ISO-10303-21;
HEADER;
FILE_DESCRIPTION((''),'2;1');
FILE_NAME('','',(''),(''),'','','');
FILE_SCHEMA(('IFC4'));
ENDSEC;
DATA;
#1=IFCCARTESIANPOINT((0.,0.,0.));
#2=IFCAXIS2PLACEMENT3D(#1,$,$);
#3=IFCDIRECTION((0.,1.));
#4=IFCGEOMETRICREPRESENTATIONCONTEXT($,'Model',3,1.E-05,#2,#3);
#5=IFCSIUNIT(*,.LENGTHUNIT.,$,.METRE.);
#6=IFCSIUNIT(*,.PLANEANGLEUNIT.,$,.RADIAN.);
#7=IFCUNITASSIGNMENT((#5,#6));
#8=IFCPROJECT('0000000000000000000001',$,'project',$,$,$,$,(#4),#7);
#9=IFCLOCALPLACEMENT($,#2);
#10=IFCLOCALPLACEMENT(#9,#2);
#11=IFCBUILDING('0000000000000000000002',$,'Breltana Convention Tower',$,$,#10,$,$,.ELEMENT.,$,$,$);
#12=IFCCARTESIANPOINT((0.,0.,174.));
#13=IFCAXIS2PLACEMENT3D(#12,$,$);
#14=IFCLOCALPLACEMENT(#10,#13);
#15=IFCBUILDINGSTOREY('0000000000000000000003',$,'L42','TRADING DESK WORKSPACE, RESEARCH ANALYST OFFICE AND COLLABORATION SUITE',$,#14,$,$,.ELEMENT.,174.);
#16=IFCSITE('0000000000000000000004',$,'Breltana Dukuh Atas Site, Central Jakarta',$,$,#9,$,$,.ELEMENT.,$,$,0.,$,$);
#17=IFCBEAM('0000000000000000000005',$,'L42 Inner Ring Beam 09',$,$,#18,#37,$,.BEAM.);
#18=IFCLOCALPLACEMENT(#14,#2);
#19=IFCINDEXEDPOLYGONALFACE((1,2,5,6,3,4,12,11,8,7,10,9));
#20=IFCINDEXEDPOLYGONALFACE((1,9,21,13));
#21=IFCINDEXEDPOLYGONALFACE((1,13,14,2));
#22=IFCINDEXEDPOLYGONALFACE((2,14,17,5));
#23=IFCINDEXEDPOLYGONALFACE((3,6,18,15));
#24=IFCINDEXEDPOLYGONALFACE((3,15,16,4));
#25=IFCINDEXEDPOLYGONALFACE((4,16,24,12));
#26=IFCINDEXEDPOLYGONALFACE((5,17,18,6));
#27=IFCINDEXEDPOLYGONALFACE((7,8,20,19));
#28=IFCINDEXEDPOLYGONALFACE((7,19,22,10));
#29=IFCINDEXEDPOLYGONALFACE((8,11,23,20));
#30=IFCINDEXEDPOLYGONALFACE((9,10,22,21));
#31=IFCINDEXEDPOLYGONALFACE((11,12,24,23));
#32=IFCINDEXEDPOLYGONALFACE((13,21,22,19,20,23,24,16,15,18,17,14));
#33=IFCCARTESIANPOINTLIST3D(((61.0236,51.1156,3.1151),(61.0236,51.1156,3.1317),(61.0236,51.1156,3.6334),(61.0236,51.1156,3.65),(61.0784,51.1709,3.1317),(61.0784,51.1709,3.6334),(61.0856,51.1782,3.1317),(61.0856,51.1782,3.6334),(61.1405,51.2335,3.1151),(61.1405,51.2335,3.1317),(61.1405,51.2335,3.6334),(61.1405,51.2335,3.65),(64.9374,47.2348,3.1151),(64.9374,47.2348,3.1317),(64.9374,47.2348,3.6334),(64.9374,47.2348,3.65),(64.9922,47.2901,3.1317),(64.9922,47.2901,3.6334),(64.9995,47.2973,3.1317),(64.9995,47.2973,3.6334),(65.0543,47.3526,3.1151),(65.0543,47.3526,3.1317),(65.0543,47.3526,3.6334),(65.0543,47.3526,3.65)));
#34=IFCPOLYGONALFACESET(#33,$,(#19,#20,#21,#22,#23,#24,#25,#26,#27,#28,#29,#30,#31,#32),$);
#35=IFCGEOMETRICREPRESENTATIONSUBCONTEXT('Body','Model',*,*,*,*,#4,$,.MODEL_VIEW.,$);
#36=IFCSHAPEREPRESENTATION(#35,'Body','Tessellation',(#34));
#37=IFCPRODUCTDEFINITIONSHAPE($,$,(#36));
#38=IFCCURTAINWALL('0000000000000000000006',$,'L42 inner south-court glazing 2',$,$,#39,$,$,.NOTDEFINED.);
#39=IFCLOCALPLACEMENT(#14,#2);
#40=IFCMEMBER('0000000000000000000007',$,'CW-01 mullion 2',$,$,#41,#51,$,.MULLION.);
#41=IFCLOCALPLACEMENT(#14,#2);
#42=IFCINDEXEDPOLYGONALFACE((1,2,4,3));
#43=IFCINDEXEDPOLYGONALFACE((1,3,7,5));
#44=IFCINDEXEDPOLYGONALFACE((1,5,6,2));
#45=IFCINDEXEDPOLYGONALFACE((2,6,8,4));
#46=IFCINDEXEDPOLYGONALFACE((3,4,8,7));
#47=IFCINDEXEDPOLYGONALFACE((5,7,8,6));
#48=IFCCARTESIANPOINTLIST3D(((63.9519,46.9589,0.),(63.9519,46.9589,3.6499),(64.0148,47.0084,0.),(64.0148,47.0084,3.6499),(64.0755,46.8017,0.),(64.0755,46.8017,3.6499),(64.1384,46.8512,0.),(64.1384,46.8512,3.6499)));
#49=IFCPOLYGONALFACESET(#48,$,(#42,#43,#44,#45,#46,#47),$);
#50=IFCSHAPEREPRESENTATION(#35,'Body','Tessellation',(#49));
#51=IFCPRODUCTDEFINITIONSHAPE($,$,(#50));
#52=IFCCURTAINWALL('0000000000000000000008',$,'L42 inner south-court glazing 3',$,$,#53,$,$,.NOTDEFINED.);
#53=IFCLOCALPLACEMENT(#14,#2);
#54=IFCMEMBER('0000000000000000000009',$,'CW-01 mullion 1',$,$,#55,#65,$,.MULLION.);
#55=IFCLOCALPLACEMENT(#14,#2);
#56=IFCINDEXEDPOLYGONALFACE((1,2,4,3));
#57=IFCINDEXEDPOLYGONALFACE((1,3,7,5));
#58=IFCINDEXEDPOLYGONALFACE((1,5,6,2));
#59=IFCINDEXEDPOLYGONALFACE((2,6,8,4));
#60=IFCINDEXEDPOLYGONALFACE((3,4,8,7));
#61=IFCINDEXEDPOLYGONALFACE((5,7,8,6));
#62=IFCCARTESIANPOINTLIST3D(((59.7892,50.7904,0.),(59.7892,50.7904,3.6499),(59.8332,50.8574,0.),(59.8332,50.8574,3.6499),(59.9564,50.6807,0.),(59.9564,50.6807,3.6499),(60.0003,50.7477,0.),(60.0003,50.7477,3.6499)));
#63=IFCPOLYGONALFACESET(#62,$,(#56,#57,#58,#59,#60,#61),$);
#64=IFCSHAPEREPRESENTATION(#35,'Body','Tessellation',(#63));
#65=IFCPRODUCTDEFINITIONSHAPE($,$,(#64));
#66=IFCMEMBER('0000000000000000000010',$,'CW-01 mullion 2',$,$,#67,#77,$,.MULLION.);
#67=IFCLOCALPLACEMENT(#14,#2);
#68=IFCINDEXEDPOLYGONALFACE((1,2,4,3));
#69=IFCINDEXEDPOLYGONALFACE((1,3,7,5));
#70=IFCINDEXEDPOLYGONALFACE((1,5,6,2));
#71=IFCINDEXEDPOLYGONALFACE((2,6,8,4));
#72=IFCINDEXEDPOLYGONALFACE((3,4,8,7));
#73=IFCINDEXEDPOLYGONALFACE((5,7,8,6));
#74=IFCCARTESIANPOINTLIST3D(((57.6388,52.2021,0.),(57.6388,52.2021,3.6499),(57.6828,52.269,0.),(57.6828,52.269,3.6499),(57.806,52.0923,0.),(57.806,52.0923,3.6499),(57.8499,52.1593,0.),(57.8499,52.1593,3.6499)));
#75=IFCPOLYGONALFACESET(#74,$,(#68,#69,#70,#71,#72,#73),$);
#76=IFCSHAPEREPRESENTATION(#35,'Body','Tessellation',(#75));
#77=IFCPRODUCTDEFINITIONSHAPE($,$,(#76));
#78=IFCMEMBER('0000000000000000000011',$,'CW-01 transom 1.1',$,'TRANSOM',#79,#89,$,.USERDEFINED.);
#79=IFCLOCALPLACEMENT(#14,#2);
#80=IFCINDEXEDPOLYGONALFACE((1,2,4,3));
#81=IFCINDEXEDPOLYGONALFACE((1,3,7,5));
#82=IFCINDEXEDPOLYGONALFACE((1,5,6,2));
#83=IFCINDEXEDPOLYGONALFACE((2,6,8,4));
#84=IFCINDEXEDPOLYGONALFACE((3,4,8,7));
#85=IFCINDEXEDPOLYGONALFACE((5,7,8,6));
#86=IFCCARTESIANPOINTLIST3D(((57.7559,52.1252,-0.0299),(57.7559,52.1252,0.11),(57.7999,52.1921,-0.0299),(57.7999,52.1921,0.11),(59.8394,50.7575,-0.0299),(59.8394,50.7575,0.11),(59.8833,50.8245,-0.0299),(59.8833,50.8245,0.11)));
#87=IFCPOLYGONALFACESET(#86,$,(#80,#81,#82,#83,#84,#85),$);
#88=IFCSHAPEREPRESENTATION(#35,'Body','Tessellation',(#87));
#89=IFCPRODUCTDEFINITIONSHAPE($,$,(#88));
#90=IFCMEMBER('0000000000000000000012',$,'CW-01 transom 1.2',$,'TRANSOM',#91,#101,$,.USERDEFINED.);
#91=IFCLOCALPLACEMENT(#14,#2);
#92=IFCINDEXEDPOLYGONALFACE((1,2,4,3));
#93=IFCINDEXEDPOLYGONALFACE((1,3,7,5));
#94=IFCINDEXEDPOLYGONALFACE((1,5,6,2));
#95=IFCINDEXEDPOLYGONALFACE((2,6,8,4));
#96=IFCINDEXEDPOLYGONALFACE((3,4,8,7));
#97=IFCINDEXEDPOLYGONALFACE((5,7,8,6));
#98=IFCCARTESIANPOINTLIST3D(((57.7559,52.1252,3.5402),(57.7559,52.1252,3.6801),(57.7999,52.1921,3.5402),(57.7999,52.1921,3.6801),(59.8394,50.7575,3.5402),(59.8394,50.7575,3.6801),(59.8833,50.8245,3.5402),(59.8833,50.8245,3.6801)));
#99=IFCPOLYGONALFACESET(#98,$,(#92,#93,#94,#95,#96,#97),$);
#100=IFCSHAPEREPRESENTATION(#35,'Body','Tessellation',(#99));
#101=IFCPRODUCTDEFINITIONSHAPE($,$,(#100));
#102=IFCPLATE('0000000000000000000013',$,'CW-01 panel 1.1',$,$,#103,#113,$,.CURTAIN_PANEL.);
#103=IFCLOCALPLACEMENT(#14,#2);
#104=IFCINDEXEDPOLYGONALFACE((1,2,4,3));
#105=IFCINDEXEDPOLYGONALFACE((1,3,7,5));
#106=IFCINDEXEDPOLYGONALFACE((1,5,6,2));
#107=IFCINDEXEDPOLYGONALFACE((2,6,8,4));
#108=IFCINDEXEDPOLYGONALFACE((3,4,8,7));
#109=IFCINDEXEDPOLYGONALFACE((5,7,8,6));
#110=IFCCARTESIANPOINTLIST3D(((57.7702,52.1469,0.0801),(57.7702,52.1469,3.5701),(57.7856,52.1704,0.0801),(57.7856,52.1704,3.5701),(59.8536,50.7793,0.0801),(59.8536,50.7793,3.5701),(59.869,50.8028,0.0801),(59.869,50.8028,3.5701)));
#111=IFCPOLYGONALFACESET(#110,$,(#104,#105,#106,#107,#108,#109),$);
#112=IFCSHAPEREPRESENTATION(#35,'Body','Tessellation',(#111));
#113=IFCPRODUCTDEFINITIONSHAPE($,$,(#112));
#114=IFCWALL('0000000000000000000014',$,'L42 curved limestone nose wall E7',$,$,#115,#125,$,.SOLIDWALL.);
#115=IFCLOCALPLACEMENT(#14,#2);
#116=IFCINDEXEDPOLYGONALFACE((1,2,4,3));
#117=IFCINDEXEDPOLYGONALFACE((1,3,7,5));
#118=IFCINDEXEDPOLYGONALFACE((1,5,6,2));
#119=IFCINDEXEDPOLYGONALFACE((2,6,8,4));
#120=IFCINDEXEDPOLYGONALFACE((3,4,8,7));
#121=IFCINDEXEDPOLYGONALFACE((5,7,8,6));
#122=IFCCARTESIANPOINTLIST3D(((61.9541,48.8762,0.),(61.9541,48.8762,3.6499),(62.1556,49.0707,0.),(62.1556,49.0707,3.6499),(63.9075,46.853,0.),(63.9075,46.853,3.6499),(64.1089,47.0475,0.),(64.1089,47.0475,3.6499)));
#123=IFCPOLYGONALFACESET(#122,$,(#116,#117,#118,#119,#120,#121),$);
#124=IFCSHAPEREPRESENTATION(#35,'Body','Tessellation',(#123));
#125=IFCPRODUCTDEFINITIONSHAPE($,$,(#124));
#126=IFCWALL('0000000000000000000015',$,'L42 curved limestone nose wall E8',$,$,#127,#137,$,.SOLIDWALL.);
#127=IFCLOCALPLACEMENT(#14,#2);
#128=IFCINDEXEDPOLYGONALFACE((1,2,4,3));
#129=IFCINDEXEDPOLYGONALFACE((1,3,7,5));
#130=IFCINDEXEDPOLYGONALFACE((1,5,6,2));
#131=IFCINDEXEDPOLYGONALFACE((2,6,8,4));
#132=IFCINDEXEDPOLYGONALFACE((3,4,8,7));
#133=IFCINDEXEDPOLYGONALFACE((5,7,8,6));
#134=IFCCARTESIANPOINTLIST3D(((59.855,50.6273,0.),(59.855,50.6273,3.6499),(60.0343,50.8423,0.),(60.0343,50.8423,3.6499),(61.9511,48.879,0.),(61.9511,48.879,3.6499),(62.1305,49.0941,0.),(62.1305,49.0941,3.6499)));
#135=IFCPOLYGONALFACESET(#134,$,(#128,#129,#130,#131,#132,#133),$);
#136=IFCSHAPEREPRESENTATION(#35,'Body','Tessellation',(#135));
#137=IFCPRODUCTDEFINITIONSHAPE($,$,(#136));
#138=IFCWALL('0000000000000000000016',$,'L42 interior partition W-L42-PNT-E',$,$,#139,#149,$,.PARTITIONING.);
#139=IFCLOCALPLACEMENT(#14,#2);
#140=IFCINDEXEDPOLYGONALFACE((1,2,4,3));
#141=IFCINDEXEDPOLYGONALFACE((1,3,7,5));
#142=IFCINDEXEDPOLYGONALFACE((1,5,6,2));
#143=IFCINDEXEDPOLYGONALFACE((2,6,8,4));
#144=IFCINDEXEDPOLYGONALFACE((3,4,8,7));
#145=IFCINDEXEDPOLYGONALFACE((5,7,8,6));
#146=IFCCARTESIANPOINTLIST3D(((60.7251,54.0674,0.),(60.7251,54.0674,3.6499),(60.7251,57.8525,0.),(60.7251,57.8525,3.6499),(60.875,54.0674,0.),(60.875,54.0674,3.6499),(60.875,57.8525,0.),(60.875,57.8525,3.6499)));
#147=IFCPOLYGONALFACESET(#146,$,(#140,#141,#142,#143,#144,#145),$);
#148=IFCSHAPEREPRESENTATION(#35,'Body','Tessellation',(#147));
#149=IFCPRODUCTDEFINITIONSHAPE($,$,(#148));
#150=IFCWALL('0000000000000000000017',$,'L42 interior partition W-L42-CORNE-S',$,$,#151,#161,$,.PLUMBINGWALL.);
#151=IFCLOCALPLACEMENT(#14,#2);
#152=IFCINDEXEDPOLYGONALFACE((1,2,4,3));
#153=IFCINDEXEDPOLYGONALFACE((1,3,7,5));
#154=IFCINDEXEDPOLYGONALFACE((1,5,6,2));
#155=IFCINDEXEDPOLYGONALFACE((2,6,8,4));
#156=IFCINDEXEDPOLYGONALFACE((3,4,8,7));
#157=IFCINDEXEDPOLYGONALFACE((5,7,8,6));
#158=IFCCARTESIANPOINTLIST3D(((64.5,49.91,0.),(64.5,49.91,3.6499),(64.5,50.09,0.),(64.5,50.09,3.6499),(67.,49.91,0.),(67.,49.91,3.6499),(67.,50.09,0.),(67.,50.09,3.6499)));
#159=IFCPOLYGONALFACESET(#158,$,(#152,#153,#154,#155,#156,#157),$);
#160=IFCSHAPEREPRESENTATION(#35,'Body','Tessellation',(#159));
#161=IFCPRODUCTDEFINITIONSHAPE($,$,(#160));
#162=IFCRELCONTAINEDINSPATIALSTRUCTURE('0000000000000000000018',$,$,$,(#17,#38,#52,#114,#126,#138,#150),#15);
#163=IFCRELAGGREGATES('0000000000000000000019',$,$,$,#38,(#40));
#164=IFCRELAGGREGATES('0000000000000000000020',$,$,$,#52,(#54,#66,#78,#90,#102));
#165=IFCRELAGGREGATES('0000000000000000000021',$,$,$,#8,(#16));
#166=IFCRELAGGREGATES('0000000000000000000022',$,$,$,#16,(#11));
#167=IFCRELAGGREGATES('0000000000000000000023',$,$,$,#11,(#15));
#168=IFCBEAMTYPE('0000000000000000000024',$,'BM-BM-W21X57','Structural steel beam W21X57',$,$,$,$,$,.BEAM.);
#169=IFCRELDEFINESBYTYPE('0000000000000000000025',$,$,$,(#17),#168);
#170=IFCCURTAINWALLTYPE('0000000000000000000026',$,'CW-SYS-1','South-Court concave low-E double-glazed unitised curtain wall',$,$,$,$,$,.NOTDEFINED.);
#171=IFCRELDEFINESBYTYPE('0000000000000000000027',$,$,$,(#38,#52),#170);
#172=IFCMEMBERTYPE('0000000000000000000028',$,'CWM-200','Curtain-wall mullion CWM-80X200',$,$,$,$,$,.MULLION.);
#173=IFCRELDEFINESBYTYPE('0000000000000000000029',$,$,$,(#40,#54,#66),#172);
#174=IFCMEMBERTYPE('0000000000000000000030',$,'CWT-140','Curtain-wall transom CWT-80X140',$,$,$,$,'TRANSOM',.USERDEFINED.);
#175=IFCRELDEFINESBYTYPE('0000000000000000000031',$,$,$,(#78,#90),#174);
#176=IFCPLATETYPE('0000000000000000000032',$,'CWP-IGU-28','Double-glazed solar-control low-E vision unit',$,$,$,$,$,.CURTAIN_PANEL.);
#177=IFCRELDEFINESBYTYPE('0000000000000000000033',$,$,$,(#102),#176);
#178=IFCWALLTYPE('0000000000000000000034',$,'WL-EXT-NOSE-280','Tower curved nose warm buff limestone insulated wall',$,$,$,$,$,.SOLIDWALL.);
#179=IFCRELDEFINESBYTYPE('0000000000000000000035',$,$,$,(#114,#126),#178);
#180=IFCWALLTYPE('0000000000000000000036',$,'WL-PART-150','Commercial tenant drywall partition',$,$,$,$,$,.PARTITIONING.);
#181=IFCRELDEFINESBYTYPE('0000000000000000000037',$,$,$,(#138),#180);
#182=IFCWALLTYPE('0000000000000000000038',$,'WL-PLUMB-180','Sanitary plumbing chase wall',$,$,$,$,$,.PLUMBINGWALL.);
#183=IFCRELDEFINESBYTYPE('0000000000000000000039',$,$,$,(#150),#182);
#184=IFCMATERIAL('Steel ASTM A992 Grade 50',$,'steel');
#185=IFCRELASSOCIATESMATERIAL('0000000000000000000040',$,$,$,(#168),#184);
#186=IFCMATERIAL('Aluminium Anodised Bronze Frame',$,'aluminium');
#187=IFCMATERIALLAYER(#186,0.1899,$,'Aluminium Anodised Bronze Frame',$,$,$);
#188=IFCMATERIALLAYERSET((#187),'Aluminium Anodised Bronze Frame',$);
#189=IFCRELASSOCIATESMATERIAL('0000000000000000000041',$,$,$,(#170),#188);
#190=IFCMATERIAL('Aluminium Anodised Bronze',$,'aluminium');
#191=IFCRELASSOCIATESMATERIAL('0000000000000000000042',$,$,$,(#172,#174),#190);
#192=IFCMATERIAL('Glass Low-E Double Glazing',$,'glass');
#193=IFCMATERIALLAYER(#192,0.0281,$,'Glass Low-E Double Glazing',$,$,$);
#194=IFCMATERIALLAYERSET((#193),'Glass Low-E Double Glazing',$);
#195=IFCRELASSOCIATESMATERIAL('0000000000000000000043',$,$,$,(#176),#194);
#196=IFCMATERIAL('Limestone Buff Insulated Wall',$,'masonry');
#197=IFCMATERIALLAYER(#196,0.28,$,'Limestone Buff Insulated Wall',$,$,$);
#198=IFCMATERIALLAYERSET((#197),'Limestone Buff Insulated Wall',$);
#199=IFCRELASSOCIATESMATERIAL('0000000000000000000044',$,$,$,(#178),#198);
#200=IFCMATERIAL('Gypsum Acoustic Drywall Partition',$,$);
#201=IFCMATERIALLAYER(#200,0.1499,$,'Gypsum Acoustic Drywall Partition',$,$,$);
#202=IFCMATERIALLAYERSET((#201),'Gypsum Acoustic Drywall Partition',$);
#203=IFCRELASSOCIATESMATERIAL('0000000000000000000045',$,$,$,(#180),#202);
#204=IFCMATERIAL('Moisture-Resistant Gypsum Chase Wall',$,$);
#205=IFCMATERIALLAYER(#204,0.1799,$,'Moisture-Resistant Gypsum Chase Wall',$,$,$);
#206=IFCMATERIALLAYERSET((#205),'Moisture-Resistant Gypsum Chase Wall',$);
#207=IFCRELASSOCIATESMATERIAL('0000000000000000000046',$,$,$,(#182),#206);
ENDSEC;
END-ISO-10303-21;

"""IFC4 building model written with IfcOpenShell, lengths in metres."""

from ifc_helpers import new_model, si_unit, direction, frame, frame_2d, origin, origin_2d, place, context, subcontext, project, spatial, rectangle, i_section, extrude, source, transform, mapped, material, layer, layer_set, material_profile, profile_set, type_object, element, aggregate, save


model = new_model("IFC4")

# Units and contexts
model_context = context("Model", 3, precision=1e-05, world=origin(), true_north=direction((0.0, 1.0)))
body_context = subcontext(model_context, "Body", "Model", "MODEL_VIEW")
ifc_project = project(units=[si_unit("LENGTHUNIT", "METRE"), si_unit("PLANEANGLEUNIT", "RADIAN")], contexts=[model_context])

# Site, building, storey
site_placement = place(None, origin())
site = spatial("IfcSite", under=ifc_project, at=site_placement, Name="Breltana Dukuh Atas Site, Central Jakarta", CompositionType="ELEMENT", RefElevation=0.0)
building_placement = place(site_placement, origin())
building = spatial("IfcBuilding", under=site, at=building_placement, Name="Breltana Convention Tower", CompositionType="ELEMENT")
storey_placement = place(building_placement, frame((0.0, 0.0, 174.0)))
storey = spatial("IfcBuildingStorey", under=building, at=storey_placement, Name="L42", Description="TRADING DESK WORKSPACE, RESEARCH ANALYST OFFICE AND COLLABORATION SUITE", CompositionType="ELEMENT", Elevation=174.0)

# Beam
ifc_material_1 = material(Name="Steel ASTM A992 Grade 50", Category="steel")
ifc_material_profile_1 = material_profile(ifc_material_1, i_section(OverallWidth=0.166, OverallDepth=0.5349, WebThickness=0.0103, FlangeThickness=0.0166, at=origin_2d()), Name="W21X57")
ifc_profile_set_1 = profile_set([ifc_material_profile_1], Name="Steel ASTM A992 Grade 50")
beam_type_1 = type_object("IfcBeamType", Name="BM-BM-W21X57", Description="Structural steel beam W21X57", PredefinedType="BEAM", material=ifc_profile_set_1)
shared_shape_1 = source(origin(), body_context, "Body", "SweptSolid", [
    extrude(i_section(OverallWidth=0.166, OverallDepth=0.5349, WebThickness=0.0103, FlangeThickness=0.0166, at=origin_2d()), origin(), (0.0, 0.0, 1.0), 5.5117),
])
beam_1_placement = place(storey_placement, frame((61.082, 51.1746, 3.3826), z_axis=(0.71009, -0.704111, 0.0), x_axis=(0.704111, 0.71009, 0.0)))
element("IfcBeam", 1, at=beam_1_placement, inside=storey, type_object=beam_type_1, Name="L42 Inner Ring Beam 09", PredefinedType="BEAM", context=body_context, shape_type="MappedRepresentation", body=[
    mapped(shared_shape_1, transform((0.0, 0.0, 0.0), scale=1.0)),
])

# Curtain wall, member
ifc_material_2 = material(Name="Aluminium Anodised Bronze Frame", Category="aluminium")
ifc_layer_1 = layer(ifc_material_2, 0.1899, Name="Aluminium Anodised Bronze Frame")
ifc_layer_set_1 = layer_set([ifc_layer_1], Name="Aluminium Anodised Bronze Frame")
curtain_wall_type = type_object("IfcCurtainWallType", Name="CW-SYS-1", Description="South-Court concave low-E double-glazed unitised curtain wall", PredefinedType="NOTDEFINED", material=ifc_layer_set_1)
curtain_wall_1_placement = place(storey_placement, origin())
curtain_wall_1 = element("IfcCurtainWall", 2, at=curtain_wall_1_placement, inside=storey, type_object=curtain_wall_type, Name="L42 inner south-court glazing 2", PredefinedType="NOTDEFINED")
ifc_material_3 = material(Name="Aluminium Anodised Bronze", Category="aluminium")
ifc_material_profile_2 = material_profile(ifc_material_3, rectangle(XDim=0.0801, YDim=0.2, at=origin_2d()), Name="CWM-80X200")
ifc_profile_set_2 = profile_set([ifc_material_profile_2], Name="Aluminium Anodised Bronze")
member_type_1 = type_object("IfcMemberType", Name="CWM-200", Description="Curtain-wall mullion CWM-80X200", PredefinedType="MULLION", material=ifc_profile_set_2)
shared_shape_2 = source(origin(), body_context, "Body", "SweptSolid", [
    extrude(rectangle(XDim=0.0801, YDim=0.2, at=origin_2d()), origin(), (0.0, 0.0, 1.0), 3.6499),
])
member_1_placement = place(storey_placement, frame((64.0452, 46.905, 0.0), z_axis=(0.0, 0.0, 1.0), x_axis=(-0.786051, -0.618161, 0.0)))
member_1 = element("IfcMember", 3, at=member_1_placement, type_object=member_type_1, Name="CW-01 mullion 2", PredefinedType="MULLION", context=body_context, shape_type="MappedRepresentation", body=[
    mapped(shared_shape_2, transform((0.0, 0.0, 0.0), scale=1.0)),
])
aggregate(curtain_wall_1, [member_1])

# Curtain wall, members, plate
curtain_wall_2_placement = place(storey_placement, origin())
curtain_wall_2 = element("IfcCurtainWall", 4, at=curtain_wall_2_placement, inside=storey, type_object=curtain_wall_type, Name="L42 inner south-court glazing 3", PredefinedType="NOTDEFINED")
member_2_placement = place(storey_placement, frame((59.8948, 50.769, 0.0), z_axis=(0.0, 0.0, 1.0), x_axis=(-0.548752, -0.835985, 0.0)))
member_2 = element("IfcMember", 5, at=member_2_placement, type_object=member_type_1, Name="CW-01 mullion 1", PredefinedType="MULLION", context=body_context, shape_type="MappedRepresentation", body=[
    mapped(shared_shape_2, transform((0.0, 0.0, 0.0), scale=1.0)),
])
member_3_placement = place(storey_placement, frame((57.7444, 52.1807, 0.0), z_axis=(0.0, 0.0, 1.0), x_axis=(-0.548752, -0.835985, 0.0)))
member_3 = element("IfcMember", 6, at=member_3_placement, type_object=member_type_1, Name="CW-01 mullion 2", PredefinedType="MULLION", context=body_context, shape_type="MappedRepresentation", body=[
    mapped(shared_shape_2, transform((0.0, 0.0, 0.0), scale=1.0)),
])
ifc_material_profile_3 = material_profile(ifc_material_3, rectangle(XDim=0.0801, YDim=0.1399, at=origin_2d()), Name="CWT-80X140")
ifc_profile_set_3 = profile_set([ifc_material_profile_3], Name="Aluminium Anodised Bronze")
member_type_2 = type_object("IfcMemberType", Name="CWT-140", Description="Curtain-wall transom CWT-80X140", ElementType="TRANSOM", PredefinedType="USERDEFINED", material=ifc_profile_set_3)
shared_shape_3 = source(origin(), body_context, "Body", "SweptSolid", [
    extrude(rectangle(XDim=0.0801, YDim=0.1399, at=origin_2d()), origin(), (0.0, 0.0, 1.0), 2.4922),
])
member_4_placement = place(storey_placement, frame((59.8613, 50.791, 0.04), z_axis=(-0.835978, 0.548763, 0.0), x_axis=(-0.548763, -0.835978, 0.0)))
member_4 = element("IfcMember", 7, at=member_4_placement, type_object=member_type_2, Name="CW-01 transom 1.1", ObjectType="TRANSOM", PredefinedType="USERDEFINED", context=body_context, shape_type="MappedRepresentation", body=[
    mapped(shared_shape_3, transform((0.0, 0.0, 0.0), scale=1.0)),
])
member_5_placement = place(storey_placement, frame((59.8613, 50.791, 3.6101), z_axis=(-0.835978, 0.548763, 0.0), x_axis=(-0.548763, -0.835978, 0.0)))
member_5 = element("IfcMember", 8, at=member_5_placement, type_object=member_type_2, Name="CW-01 transom 1.2", ObjectType="TRANSOM", PredefinedType="USERDEFINED", context=body_context, shape_type="MappedRepresentation", body=[
    mapped(shared_shape_3, transform((0.0, 0.0, 0.0), scale=1.0)),
])
ifc_material_4 = material(Name="Glass Low-E Double Glazing", Category="glass")
ifc_layer_2 = layer(ifc_material_4, 0.0281, Name="Glass Low-E Double Glazing")
ifc_layer_set_2 = layer_set([ifc_layer_2], Name="Glass Low-E Double Glazing")
plate_type = type_object("IfcPlateType", Name="CWP-IGU-28", Description="Double-glazed solar-control low-E vision unit", PredefinedType="CURTAIN_PANEL", material=ifc_layer_set_2)
shared_shape_4 = source(origin(), body_context, "Body", "SweptSolid", [
    extrude(rectangle(XDim=2.4922, YDim=0.0281, at=origin_2d()), origin(), (0.0, 0.0, 1.0), 3.49),
])
plate_placement = place(storey_placement, frame((58.8196, 51.4749, 0.0801), z_axis=(0.0, 0.0, 1.0), x_axis=(-0.835985, 0.548752, 0.0)))
plate = element("IfcPlate", 9, at=plate_placement, type_object=plate_type, Name="CW-01 panel 1.1", PredefinedType="CURTAIN_PANEL", context=body_context, shape_type="MappedRepresentation", body=[
    mapped(shared_shape_4, transform((0.0, 0.0, 0.0), scale=1.0)),
])
aggregate(curtain_wall_2, [member_2, member_3, member_4, member_5, plate])

# Walls
ifc_material_5 = material(Name="Limestone Buff Insulated Wall", Category="masonry")
ifc_layer_3 = layer(ifc_material_5, 0.28, Name="Limestone Buff Insulated Wall")
ifc_layer_set_3 = layer_set([ifc_layer_3], Name="Limestone Buff Insulated Wall")
wall_type_1 = type_object("IfcWallType", Name="WL-EXT-NOSE-280", Description="Tower curved nose warm buff limestone insulated wall", PredefinedType="SOLIDWALL", material=ifc_layer_set_3)
shared_shape_5 = source(origin(), body_context, "Body", "SweptSolid", [
    extrude(rectangle(XDim=2.8123, YDim=0.28, at=frame_2d((1.4062, 0.0))), origin(), (0.0, 0.0, 1.0), 3.6499),
])
wall_1_placement = place(storey_placement, frame((64.0083, 46.9502, 0.0), z_axis=(0.0, 0.0, 1.0), x_axis=(-0.694584, 0.719412, 0.0)))
element("IfcWall", 10, at=wall_1_placement, inside=storey, type_object=wall_type_1, Name="L42 curved limestone nose wall E7", PredefinedType="SOLIDWALL", context=body_context, shape_type="MappedRepresentation", body=[
    mapped(shared_shape_5, transform((0.0, 0.0, 0.0), scale=1.0)),
])
shared_shape_6 = source(origin(), body_context, "Body", "SweptSolid", [
    extrude(rectangle(XDim=2.7295, YDim=0.28, at=frame_2d((1.3647, 0.0))), origin(), (0.0, 0.0, 1.0), 3.6499),
])
wall_2_placement = place(storey_placement, frame((62.0408, 48.9866, 0.0), z_axis=(0.0, 0.0, 1.0), x_axis=(-0.767957, 0.640501, 0.0)))
element("IfcWall", 11, at=wall_2_placement, inside=storey, type_object=wall_type_1, Name="L42 curved limestone nose wall E8", PredefinedType="SOLIDWALL", context=body_context, shape_type="MappedRepresentation", body=[
    mapped(shared_shape_6, transform((0.0, 0.0, 0.0), scale=1.0)),
])
ifc_material_6 = material(Name="Gypsum Acoustic Drywall Partition")
ifc_layer_4 = layer(ifc_material_6, 0.1499, Name="Gypsum Acoustic Drywall Partition")
ifc_layer_set_4 = layer_set([ifc_layer_4], Name="Gypsum Acoustic Drywall Partition")
wall_type_2 = type_object("IfcWallType", Name="WL-PART-150", Description="Commercial tenant drywall partition", PredefinedType="PARTITIONING", material=ifc_layer_set_4)
shared_shape_7 = source(origin(), body_context, "Body", "SweptSolid", [
    extrude(rectangle(XDim=3.7852, YDim=0.1499, at=frame_2d((1.8926, 0.0))), origin(), (0.0, 0.0, 1.0), 3.6499),
])
wall_3_placement = place(storey_placement, frame((60.8, 54.0674, 0.0), z_axis=(0.0, 0.0, 1.0), x_axis=(0.0, 1.0, 0.0)))
element("IfcWall", 12, at=wall_3_placement, inside=storey, type_object=wall_type_2, Name="L42 interior partition W-L42-PNT-E", PredefinedType="PARTITIONING", context=body_context, shape_type="MappedRepresentation", body=[
    mapped(shared_shape_7, transform((0.0, 0.0, 0.0), scale=1.0)),
])
ifc_material_7 = material(Name="Moisture-Resistant Gypsum Chase Wall")
ifc_layer_5 = layer(ifc_material_7, 0.1799, Name="Moisture-Resistant Gypsum Chase Wall")
ifc_layer_set_5 = layer_set([ifc_layer_5], Name="Moisture-Resistant Gypsum Chase Wall")
wall_type_3 = type_object("IfcWallType", Name="WL-PLUMB-180", Description="Sanitary plumbing chase wall", PredefinedType="PLUMBINGWALL", material=ifc_layer_set_5)
shared_shape_8 = source(origin(), body_context, "Body", "SweptSolid", [
    extrude(rectangle(XDim=2.5, YDim=0.1799, at=frame_2d((1.25, 0.0))), origin(), (0.0, 0.0, 1.0), 3.6499),
])
wall_4_placement = place(storey_placement, frame((64.5, 50.0, 0.0), z_axis=(0.0, 0.0, 1.0), x_axis=(1.0, 0.0, 0.0)))
element("IfcWall", 13, at=wall_4_placement, inside=storey, type_object=wall_type_3, Name="L42 interior partition W-L42-CORNE-S", PredefinedType="PLUMBINGWALL", context=body_context, shape_type="MappedRepresentation", body=[
    mapped(shared_shape_8, transform((0.0, 0.0, 0.0), scale=1.0)),
])

save(model, "model.ifc")
